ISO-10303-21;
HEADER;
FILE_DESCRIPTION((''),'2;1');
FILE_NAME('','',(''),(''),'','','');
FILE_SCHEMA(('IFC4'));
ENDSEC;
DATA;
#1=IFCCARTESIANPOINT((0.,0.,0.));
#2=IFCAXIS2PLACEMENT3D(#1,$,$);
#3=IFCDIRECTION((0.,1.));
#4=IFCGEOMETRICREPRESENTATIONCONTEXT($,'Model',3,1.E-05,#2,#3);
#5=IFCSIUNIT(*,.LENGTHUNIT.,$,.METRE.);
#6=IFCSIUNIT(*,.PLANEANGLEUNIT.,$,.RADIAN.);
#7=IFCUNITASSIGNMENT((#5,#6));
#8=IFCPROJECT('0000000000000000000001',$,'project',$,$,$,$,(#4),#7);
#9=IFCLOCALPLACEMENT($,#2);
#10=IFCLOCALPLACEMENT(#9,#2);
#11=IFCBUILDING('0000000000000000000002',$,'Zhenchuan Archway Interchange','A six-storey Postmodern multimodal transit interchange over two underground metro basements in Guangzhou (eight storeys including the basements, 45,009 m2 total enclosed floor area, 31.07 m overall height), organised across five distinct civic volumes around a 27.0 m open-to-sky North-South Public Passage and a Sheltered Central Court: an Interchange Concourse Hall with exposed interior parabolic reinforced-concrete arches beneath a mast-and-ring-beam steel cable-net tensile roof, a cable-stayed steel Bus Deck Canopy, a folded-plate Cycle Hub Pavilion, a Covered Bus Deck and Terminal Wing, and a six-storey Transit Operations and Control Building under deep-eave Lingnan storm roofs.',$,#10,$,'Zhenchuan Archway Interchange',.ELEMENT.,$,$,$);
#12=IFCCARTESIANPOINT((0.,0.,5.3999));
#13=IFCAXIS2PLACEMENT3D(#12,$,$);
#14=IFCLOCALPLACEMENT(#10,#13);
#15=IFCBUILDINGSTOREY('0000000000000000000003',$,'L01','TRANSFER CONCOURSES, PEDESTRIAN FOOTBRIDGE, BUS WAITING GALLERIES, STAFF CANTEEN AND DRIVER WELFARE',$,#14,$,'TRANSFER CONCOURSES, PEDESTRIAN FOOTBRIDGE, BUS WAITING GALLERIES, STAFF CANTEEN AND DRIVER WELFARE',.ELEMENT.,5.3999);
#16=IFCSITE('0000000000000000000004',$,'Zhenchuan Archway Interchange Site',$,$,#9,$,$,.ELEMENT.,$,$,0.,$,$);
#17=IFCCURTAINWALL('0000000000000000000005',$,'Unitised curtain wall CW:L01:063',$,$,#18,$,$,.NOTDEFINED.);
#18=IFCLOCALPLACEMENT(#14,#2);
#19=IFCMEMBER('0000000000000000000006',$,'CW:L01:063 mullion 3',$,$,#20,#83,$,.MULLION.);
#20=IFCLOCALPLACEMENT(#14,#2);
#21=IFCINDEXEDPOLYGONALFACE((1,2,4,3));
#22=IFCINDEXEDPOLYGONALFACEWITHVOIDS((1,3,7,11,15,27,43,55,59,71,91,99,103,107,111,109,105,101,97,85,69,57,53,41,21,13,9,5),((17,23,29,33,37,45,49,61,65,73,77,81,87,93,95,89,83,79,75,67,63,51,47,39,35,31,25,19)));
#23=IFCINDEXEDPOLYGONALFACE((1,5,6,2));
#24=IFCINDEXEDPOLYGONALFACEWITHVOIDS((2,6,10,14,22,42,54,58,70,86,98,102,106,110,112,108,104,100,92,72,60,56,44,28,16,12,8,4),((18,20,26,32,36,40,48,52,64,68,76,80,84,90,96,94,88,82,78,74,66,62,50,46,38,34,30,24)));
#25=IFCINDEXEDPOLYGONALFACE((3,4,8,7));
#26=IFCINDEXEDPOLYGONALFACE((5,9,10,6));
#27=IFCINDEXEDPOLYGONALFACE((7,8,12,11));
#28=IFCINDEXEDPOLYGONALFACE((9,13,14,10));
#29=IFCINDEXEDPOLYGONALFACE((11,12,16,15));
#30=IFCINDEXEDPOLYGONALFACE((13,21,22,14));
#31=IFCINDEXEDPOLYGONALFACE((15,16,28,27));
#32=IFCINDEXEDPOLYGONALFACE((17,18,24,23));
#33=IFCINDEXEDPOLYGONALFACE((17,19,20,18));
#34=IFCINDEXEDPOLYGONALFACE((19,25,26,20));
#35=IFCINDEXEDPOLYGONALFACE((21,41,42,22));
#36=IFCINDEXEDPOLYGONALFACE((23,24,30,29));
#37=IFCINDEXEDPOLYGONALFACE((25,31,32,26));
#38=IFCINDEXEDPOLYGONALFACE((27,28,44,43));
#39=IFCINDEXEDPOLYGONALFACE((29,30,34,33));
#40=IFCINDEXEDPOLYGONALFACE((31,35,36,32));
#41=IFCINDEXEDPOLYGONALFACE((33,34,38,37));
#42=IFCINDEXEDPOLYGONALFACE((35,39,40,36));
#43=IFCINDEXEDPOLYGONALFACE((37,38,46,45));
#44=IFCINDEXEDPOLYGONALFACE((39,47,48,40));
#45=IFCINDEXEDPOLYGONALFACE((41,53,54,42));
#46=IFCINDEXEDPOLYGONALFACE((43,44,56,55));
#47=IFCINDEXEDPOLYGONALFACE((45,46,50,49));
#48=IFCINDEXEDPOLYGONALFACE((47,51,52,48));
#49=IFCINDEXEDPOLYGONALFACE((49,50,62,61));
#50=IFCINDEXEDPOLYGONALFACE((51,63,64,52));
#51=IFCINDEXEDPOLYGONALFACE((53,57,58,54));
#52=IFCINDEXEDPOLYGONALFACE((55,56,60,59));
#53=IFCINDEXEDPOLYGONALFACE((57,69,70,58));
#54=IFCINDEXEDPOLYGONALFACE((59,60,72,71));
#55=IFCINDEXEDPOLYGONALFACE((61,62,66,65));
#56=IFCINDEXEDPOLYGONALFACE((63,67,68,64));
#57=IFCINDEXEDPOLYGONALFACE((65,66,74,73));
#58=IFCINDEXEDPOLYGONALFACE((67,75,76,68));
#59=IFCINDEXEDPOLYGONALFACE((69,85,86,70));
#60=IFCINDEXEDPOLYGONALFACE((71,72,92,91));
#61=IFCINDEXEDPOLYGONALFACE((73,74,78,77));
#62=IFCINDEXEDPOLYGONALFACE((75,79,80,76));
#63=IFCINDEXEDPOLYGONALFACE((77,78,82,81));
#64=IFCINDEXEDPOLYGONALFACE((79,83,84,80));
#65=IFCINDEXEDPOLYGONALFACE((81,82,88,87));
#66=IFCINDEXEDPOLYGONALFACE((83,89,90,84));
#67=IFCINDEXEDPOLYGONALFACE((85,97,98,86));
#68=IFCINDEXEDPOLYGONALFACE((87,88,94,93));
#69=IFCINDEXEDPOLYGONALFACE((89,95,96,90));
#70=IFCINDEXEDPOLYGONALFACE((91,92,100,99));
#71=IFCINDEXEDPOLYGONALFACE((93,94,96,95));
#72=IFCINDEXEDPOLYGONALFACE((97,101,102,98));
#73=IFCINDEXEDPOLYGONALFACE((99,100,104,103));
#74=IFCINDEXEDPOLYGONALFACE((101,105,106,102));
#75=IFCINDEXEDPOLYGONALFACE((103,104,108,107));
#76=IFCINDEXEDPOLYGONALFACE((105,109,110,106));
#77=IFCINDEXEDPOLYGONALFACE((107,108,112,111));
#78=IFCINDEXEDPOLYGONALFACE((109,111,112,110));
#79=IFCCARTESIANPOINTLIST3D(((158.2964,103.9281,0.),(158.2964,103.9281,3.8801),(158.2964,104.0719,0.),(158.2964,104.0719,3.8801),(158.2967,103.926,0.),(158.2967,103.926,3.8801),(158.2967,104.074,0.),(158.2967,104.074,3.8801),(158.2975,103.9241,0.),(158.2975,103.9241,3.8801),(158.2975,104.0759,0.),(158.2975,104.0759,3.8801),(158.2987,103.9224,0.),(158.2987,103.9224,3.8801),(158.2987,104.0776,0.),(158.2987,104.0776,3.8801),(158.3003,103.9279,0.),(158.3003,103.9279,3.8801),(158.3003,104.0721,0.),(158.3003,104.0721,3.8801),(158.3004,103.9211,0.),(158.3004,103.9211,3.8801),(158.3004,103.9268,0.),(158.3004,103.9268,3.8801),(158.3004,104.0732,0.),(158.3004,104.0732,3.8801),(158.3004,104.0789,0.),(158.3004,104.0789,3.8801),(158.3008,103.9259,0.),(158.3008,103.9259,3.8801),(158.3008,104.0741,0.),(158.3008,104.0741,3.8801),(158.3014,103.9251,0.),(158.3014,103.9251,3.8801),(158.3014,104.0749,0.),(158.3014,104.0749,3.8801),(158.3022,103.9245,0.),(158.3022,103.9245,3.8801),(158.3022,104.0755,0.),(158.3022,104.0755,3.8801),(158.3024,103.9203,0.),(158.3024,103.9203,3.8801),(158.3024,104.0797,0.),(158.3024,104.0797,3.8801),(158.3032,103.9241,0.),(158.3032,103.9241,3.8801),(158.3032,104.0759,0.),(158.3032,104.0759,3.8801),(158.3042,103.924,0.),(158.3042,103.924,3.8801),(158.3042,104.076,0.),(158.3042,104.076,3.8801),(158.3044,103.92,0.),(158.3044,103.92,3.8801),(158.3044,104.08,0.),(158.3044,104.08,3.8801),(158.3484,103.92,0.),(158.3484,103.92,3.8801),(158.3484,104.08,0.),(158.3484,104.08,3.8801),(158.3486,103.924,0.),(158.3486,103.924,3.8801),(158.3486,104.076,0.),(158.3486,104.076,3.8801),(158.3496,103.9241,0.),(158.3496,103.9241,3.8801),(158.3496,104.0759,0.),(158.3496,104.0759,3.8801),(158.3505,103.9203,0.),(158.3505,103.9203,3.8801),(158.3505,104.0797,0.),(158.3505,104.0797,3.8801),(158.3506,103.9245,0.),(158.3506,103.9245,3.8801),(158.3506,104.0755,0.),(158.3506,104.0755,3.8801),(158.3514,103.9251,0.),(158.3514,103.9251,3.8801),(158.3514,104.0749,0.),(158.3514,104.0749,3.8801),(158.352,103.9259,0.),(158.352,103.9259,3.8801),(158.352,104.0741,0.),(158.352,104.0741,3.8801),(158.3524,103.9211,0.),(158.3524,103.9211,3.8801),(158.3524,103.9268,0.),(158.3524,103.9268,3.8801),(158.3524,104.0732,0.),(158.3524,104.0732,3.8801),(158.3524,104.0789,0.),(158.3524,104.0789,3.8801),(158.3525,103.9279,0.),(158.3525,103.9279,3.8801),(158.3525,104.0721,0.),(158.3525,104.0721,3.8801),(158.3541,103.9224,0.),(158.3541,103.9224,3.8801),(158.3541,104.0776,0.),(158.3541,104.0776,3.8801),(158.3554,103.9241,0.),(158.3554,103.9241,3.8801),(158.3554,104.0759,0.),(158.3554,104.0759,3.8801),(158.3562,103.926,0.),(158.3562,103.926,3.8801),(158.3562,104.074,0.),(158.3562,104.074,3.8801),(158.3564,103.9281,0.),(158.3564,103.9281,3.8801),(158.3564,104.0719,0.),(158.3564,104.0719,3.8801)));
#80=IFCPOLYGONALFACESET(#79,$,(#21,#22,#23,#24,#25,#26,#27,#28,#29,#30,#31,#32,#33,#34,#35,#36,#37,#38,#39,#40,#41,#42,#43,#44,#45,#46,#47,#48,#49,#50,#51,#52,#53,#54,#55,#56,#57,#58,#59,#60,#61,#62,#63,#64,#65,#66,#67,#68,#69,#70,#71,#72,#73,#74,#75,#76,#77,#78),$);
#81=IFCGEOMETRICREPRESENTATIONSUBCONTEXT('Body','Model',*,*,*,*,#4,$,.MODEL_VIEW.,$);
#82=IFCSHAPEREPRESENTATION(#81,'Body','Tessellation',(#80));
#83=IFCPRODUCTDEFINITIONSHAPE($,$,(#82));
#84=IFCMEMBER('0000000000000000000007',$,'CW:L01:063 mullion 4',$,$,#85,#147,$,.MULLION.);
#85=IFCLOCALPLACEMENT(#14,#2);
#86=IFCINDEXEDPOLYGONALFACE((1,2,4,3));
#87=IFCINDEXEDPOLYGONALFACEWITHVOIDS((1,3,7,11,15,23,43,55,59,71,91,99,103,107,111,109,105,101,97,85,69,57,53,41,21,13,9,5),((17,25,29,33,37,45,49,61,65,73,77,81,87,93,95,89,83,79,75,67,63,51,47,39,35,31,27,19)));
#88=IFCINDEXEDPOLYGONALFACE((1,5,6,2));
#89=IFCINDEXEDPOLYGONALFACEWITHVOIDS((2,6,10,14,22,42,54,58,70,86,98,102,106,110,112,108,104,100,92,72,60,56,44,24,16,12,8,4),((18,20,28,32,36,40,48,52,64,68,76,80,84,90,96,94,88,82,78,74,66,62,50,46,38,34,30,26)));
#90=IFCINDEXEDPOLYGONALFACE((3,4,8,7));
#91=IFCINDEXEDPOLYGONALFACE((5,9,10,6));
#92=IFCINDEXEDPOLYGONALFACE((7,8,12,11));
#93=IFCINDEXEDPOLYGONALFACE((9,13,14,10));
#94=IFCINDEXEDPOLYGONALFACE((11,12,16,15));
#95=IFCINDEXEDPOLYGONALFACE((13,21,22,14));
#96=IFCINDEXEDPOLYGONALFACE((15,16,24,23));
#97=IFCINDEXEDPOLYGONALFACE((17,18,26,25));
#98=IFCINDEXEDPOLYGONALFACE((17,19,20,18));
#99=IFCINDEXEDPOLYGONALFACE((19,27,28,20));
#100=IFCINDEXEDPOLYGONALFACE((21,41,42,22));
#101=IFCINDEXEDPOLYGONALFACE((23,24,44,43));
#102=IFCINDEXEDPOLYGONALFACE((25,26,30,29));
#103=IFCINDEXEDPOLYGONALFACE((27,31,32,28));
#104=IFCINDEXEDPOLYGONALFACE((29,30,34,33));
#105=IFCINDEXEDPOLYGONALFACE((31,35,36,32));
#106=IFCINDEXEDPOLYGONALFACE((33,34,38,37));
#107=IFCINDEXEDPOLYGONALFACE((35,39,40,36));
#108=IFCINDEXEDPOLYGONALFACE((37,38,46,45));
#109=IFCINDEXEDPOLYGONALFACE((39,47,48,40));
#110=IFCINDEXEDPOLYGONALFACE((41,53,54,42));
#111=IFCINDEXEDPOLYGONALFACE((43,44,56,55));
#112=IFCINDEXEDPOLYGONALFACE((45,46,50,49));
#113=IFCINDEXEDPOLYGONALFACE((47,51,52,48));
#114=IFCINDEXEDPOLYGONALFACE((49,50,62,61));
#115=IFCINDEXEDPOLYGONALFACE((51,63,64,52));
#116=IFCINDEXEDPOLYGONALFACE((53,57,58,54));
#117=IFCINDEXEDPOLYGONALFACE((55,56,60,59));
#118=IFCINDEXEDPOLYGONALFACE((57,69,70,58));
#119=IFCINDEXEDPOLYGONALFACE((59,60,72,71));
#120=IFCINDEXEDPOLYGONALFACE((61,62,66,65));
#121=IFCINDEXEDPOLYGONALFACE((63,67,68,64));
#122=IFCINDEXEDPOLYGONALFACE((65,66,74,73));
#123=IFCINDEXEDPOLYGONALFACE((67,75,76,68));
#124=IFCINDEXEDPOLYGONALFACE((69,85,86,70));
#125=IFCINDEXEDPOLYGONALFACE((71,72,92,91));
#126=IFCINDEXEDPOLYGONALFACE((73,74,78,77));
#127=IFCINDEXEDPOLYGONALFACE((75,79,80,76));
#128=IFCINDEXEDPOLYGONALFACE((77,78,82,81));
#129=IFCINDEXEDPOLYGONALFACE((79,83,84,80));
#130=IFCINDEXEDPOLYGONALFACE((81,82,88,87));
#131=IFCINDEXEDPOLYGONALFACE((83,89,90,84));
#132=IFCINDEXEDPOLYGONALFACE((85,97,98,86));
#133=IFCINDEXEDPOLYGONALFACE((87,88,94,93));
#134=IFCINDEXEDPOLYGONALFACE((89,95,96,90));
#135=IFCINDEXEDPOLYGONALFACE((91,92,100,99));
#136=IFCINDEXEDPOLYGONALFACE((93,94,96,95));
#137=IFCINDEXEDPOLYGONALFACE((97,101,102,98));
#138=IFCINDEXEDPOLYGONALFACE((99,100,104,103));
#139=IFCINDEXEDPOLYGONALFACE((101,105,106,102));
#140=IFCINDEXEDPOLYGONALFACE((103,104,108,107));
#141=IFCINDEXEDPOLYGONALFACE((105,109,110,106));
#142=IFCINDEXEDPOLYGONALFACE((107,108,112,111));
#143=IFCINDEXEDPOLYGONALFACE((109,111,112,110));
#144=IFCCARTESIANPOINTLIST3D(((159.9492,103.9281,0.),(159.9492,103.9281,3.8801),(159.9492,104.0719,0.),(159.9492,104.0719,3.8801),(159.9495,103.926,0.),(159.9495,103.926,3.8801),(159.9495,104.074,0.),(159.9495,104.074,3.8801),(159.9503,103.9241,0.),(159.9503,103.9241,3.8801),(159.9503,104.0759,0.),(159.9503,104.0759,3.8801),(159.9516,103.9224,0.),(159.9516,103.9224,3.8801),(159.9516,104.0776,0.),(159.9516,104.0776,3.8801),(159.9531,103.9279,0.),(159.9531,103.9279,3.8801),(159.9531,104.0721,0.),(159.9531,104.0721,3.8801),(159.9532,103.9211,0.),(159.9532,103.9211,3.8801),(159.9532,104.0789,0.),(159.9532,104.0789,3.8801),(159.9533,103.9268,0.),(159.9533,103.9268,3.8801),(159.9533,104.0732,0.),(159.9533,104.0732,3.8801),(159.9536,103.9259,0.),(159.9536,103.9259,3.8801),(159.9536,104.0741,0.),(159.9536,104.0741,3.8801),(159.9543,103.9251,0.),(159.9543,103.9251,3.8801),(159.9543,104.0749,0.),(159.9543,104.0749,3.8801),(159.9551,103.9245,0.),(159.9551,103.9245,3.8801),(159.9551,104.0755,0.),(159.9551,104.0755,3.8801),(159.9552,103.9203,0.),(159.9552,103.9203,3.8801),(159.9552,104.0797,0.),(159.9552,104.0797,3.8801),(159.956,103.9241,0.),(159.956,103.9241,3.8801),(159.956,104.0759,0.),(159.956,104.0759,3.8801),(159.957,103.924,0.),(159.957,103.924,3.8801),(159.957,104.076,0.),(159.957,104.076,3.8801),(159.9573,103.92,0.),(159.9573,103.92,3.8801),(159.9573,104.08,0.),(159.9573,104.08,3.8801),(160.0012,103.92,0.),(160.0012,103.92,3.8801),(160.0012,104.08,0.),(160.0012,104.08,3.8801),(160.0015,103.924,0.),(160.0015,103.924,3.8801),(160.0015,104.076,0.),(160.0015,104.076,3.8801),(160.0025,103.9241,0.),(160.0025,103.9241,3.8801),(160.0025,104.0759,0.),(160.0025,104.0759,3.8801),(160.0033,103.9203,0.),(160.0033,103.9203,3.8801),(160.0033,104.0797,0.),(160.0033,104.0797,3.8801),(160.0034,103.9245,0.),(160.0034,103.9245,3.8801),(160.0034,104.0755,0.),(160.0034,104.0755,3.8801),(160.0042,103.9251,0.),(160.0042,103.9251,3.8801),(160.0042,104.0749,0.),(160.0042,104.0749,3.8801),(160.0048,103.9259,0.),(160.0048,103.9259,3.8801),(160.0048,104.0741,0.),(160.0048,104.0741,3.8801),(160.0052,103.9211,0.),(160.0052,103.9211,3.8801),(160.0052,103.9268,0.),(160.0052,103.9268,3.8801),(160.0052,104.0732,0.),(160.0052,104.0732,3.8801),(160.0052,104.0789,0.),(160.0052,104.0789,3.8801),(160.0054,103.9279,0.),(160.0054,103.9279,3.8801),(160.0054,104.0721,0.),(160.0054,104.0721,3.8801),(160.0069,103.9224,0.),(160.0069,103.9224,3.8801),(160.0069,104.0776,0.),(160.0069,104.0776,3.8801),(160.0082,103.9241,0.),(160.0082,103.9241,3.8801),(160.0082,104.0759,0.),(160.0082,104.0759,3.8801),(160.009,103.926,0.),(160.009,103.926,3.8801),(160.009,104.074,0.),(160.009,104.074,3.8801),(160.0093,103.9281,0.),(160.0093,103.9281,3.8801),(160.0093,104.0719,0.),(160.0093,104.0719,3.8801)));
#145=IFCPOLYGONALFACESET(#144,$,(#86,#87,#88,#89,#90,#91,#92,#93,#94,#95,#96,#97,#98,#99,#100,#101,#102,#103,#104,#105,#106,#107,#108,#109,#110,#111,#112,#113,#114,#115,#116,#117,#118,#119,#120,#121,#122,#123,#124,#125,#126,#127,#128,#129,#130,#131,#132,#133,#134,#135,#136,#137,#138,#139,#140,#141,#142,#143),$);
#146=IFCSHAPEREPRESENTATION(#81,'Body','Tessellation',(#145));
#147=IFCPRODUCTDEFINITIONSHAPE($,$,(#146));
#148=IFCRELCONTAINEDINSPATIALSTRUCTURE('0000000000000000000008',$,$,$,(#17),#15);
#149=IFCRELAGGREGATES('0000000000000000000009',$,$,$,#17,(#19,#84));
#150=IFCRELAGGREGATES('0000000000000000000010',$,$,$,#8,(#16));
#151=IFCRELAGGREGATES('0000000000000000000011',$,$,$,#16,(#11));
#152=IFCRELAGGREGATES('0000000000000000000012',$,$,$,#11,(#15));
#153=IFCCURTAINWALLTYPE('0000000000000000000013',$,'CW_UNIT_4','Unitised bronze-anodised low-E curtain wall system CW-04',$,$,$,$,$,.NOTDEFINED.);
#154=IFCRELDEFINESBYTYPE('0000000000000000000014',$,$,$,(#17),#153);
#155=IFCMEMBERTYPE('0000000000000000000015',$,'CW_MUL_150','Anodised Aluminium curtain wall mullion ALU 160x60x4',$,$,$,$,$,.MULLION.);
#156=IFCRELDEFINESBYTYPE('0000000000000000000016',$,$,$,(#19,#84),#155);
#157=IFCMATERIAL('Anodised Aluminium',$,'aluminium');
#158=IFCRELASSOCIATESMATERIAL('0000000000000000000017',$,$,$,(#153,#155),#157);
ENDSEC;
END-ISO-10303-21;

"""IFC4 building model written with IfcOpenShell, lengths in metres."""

from ifc_helpers import new_model, si_unit, direction, frame, origin, origin_2d, place, context, subcontext, project, spatial, hollow_rectangle, extrude, material, material_profile, profile_set, type_object, element, aggregate, save


model = new_model("IFC4")

# Units and contexts
model_context = context("Model", 3, precision=1e-05, world=origin(), true_north=direction((0.0, 1.0)))
body_context = subcontext(model_context, "Body", "Model", "MODEL_VIEW")
ifc_project = project(units=[si_unit("LENGTHUNIT", "METRE"), si_unit("PLANEANGLEUNIT", "RADIAN")], contexts=[model_context])

# Site, building, storey
site_placement = place(None, origin())
site = spatial("IfcSite", under=ifc_project, at=site_placement, Name="Zhenchuan Archway Interchange Site", CompositionType="ELEMENT", RefElevation=0.0)
building_placement = place(site_placement, origin())
building = spatial("IfcBuilding", under=site, at=building_placement, Name="Zhenchuan Archway Interchange", Description="A six-storey Postmodern multimodal transit interchange over two underground metro basements in Guangzhou (eight storeys including the basements, 45,009 m2 total enclosed floor area, 31.07 m overall height), organised across five distinct civic volumes around a 27.0 m open-to-sky North-South Public Passage and a Sheltered Central Court: an Interchange Concourse Hall with exposed interior parabolic reinforced-concrete arches beneath a mast-and-ring-beam steel cable-net tensile roof, a cable-stayed steel Bus Deck Canopy, a folded-plate Cycle Hub Pavilion, a Covered Bus Deck and Terminal Wing, and a six-storey Transit Operations and Control Building under deep-eave Lingnan storm roofs.", LongName="Zhenchuan Archway Interchange", CompositionType="ELEMENT")
storey_placement = place(building_placement, frame((0.0, 0.0, 5.3999)))
storey = spatial("IfcBuildingStorey", under=building, at=storey_placement, Name="L01", Description="TRANSFER CONCOURSES, PEDESTRIAN FOOTBRIDGE, BUS WAITING GALLERIES, STAFF CANTEEN AND DRIVER WELFARE", LongName="TRANSFER CONCOURSES, PEDESTRIAN FOOTBRIDGE, BUS WAITING GALLERIES, STAFF CANTEEN AND DRIVER WELFARE", CompositionType="ELEMENT", Elevation=5.3999)

# Curtain wall, members
ifc_material_1 = material(Name="Anodised Aluminium", Category="aluminium")
curtain_wall_type = type_object("IfcCurtainWallType", Name="CW_UNIT_4", Description="Unitised bronze-anodised low-E curtain wall system CW-04", PredefinedType="NOTDEFINED", material=ifc_material_1)
curtain_wall_placement = place(storey_placement, origin())
curtain_wall = element("IfcCurtainWall", 1, at=curtain_wall_placement, inside=storey, type_object=curtain_wall_type, Name="Unitised curtain wall CW:L01:063", PredefinedType="NOTDEFINED")
ifc_material_profile_1 = material_profile(ifc_material_1, hollow_rectangle(XDim=0.0601, YDim=0.1599, WallThickness=0.0039, InnerFilletRadius=0.0039, OuterFilletRadius=0.0081, at=origin_2d()), Name="ALU 160x60x4")
ifc_profile_set_1 = profile_set([ifc_material_profile_1], Name="Anodised Aluminium")
member_type_1 = type_object("IfcMemberType", Name="CW_MUL_150", Description="Anodised Aluminium curtain wall mullion ALU 160x60x4", PredefinedType="MULLION", material=ifc_profile_set_1)
member_1_placement = place(storey_placement, frame((158.3264, 104.0, 0.0), z_axis=(0.0, 0.0, 1.0), x_axis=(1.0, 0.0, 0.0)))
member_1 = element("IfcMember", 2, at=member_1_placement, type_object=member_type_1, Name="CW:L01:063 mullion 3", PredefinedType="MULLION", context=body_context, shape_type="SweptSolid", body=[
    extrude(hollow_rectangle(XDim=0.0601, YDim=0.1599, WallThickness=0.0039, InnerFilletRadius=0.0039, OuterFilletRadius=0.0081, at=origin_2d()), origin(), (0.0, 0.0, 1.0), 3.8801),
])
member_2_placement = place(storey_placement, frame((159.9792, 104.0, 0.0), z_axis=(0.0, 0.0, 1.0), x_axis=(1.0, 0.0, 0.0)))
member_2 = element("IfcMember", 3, at=member_2_placement, type_object=member_type_1, Name="CW:L01:063 mullion 4", PredefinedType="MULLION", context=body_context, shape_type="SweptSolid", body=[
    extrude(hollow_rectangle(XDim=0.0601, YDim=0.1599, WallThickness=0.0039, InnerFilletRadius=0.0039, OuterFilletRadius=0.0081, at=origin_2d()), origin(), (0.0, 0.0, 1.0), 3.8801),
])
aggregate(curtain_wall, [member_1, member_2])

save(model, "model.ifc")
